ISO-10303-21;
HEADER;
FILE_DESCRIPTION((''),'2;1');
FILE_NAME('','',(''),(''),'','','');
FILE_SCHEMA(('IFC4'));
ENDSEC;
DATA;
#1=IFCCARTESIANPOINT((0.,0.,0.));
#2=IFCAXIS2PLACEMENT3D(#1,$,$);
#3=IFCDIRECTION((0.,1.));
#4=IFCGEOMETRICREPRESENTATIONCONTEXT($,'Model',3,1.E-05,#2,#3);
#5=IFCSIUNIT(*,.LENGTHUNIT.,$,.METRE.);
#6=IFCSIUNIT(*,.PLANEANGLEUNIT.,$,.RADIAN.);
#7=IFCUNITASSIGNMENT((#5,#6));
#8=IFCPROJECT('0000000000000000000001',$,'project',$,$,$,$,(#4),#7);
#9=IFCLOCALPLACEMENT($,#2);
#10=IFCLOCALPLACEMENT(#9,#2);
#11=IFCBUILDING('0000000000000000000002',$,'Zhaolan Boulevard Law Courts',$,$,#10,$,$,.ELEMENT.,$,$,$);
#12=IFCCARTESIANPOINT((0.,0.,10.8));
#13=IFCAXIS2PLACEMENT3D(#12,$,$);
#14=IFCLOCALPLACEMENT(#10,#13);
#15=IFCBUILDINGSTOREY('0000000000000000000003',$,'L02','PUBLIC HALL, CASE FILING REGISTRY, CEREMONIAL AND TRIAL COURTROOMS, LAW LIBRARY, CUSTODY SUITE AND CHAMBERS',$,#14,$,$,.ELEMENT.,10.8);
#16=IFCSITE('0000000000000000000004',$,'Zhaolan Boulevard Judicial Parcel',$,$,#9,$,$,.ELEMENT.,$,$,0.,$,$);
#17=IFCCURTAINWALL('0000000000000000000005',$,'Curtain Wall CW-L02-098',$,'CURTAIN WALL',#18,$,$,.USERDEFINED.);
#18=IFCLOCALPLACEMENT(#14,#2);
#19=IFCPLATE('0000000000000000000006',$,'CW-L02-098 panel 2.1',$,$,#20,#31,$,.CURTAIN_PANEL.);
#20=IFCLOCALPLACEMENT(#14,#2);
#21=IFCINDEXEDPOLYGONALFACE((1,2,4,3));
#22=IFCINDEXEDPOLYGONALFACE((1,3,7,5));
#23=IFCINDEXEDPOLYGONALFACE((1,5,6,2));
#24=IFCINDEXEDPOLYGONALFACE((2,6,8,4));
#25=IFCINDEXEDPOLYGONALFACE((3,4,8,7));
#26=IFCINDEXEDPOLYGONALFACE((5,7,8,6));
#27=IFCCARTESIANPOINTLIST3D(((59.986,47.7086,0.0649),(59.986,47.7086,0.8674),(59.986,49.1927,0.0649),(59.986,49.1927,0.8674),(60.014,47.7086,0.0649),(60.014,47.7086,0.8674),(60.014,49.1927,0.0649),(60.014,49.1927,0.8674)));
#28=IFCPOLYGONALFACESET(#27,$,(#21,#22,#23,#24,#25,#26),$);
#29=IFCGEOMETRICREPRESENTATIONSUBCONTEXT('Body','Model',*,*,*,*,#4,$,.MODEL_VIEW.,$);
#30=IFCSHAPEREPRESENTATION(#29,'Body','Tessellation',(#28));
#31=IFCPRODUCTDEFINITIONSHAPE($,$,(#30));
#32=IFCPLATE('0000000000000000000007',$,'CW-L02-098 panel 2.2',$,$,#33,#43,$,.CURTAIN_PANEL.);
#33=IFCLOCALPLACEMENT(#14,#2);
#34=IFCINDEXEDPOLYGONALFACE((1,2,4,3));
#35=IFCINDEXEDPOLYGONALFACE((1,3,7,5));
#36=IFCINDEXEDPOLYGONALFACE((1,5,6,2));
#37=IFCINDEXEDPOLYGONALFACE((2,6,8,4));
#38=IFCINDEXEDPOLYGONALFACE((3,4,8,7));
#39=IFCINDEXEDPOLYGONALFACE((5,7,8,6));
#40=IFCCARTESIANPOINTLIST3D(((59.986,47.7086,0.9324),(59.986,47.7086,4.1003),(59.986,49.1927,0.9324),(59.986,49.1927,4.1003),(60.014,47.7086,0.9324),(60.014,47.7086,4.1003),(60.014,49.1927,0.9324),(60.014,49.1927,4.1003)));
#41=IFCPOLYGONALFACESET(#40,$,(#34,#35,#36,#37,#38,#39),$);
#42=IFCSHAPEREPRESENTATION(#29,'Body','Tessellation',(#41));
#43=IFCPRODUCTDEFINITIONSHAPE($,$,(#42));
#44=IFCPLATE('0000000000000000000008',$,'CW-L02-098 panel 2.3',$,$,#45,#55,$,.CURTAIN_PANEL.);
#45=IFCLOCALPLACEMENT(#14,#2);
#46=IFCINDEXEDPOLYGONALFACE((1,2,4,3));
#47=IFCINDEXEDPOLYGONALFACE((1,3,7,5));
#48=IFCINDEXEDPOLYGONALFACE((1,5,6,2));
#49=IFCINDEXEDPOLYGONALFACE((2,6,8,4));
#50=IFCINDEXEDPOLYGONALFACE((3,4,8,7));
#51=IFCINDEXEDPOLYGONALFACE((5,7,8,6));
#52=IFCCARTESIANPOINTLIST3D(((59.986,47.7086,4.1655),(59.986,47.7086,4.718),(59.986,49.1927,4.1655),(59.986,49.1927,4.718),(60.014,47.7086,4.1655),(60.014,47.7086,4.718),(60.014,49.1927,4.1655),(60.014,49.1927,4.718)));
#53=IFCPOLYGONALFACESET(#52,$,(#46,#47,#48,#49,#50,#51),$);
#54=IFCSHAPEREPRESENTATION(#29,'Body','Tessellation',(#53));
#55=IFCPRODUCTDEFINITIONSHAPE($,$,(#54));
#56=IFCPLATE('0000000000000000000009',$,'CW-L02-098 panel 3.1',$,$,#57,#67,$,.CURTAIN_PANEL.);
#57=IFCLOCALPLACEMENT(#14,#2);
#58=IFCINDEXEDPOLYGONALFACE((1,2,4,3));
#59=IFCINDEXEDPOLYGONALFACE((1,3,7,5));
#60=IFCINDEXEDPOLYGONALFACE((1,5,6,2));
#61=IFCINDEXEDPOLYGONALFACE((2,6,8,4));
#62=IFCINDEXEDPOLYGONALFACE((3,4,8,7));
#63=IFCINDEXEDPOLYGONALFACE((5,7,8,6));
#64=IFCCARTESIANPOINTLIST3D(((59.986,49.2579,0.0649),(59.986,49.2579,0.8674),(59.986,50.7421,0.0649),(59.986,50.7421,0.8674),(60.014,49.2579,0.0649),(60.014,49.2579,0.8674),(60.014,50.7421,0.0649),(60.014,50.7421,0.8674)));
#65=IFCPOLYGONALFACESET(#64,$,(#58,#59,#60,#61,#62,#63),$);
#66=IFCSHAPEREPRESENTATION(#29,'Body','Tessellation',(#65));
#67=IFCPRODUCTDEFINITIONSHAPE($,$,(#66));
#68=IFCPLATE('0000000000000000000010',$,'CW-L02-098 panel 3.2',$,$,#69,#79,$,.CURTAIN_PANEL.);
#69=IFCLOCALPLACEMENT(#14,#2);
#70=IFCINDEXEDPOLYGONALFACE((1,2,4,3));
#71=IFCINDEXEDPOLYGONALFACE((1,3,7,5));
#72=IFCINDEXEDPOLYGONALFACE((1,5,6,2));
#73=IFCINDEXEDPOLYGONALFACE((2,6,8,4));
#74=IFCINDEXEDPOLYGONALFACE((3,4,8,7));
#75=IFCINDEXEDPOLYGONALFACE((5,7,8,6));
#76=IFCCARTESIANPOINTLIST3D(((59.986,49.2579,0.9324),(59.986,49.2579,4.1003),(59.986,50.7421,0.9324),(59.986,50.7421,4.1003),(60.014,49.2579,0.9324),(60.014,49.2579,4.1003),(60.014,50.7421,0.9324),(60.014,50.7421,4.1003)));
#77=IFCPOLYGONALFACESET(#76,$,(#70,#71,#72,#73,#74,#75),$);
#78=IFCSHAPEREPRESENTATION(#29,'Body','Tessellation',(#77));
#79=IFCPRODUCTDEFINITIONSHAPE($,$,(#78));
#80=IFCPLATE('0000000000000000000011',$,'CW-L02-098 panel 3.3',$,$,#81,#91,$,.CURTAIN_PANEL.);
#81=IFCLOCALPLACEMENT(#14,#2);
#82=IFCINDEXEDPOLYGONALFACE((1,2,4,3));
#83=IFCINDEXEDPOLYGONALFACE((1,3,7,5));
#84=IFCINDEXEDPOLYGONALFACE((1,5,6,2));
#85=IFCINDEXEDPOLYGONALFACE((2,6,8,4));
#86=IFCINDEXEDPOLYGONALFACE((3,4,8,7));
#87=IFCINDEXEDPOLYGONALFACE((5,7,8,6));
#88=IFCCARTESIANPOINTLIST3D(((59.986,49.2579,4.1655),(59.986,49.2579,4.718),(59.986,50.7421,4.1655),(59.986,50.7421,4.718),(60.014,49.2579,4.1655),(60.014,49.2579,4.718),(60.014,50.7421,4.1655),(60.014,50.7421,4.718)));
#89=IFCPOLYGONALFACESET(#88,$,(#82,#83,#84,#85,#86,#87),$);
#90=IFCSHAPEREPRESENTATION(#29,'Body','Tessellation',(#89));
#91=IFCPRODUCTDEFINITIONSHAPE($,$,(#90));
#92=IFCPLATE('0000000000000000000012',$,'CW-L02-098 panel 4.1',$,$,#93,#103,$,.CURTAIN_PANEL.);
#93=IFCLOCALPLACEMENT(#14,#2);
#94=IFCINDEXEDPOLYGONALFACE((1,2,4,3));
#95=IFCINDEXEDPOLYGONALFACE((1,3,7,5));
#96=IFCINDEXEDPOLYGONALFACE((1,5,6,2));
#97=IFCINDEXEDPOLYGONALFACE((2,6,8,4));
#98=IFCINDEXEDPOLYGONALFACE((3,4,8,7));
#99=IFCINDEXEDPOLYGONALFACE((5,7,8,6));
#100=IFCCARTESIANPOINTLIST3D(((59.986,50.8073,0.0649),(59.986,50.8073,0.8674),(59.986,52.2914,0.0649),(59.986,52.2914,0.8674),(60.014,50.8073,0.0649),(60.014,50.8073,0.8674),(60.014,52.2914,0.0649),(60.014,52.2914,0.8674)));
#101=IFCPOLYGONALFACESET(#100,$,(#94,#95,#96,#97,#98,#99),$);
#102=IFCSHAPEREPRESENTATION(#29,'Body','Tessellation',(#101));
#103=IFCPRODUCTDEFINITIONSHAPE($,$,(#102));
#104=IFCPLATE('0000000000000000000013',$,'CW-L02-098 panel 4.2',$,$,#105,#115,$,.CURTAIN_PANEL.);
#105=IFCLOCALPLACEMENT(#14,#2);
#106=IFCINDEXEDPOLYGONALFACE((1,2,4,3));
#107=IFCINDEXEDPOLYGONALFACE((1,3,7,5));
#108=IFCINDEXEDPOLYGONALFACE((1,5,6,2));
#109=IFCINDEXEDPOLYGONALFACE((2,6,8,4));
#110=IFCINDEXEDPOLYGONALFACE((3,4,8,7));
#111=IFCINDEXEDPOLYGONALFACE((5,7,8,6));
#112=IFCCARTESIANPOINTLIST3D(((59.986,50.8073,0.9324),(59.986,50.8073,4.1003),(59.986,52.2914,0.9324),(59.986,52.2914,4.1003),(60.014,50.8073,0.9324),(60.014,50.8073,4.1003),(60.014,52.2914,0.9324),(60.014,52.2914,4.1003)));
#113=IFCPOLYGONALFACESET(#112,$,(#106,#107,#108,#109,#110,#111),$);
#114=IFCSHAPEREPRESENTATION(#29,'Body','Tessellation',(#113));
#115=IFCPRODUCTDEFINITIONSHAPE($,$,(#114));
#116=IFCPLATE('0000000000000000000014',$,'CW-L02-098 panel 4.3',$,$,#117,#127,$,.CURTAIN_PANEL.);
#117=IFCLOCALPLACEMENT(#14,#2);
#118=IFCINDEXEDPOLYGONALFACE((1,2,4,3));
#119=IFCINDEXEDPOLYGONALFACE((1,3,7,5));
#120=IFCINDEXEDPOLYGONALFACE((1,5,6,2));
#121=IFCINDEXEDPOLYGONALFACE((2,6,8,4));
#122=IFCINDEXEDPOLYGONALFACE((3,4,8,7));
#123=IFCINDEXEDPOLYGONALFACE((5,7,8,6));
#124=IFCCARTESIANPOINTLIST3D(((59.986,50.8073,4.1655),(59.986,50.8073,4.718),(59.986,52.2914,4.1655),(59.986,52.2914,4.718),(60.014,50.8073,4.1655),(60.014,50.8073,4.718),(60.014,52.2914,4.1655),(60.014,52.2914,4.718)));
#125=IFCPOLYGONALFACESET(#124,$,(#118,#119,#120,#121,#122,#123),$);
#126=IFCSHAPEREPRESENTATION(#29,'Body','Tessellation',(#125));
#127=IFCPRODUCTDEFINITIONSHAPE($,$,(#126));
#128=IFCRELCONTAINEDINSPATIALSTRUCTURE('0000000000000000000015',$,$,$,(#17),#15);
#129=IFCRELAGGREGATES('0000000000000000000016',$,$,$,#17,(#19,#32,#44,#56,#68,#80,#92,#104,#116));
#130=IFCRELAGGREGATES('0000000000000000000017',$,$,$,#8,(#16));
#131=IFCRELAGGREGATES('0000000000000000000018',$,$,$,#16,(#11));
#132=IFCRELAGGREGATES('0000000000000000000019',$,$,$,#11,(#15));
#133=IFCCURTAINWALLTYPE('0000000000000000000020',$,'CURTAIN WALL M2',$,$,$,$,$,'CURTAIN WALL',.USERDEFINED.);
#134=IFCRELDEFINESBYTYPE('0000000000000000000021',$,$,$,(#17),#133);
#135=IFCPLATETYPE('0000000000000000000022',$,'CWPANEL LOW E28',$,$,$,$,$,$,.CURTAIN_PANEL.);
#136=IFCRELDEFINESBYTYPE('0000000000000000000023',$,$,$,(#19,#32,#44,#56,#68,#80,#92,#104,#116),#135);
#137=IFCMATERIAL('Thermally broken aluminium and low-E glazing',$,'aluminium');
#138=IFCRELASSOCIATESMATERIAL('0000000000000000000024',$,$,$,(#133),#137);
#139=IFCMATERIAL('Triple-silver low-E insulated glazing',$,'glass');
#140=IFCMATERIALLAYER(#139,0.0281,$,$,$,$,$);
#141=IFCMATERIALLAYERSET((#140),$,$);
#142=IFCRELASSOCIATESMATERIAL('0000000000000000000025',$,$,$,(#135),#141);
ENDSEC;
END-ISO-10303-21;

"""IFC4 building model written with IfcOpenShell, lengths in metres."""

from ifc_helpers import new_model, si_unit, direction, frame, origin, origin_2d, place, context, subcontext, project, spatial, rectangle, extrude, material, layer, layer_set, type_object, element, aggregate, save


model = new_model("IFC4")

# Units and contexts
model_context = context("Model", 3, precision=1e-05, world=origin(), true_north=direction((0.0, 1.0)))
body_context = subcontext(model_context, "Body", "Model", "MODEL_VIEW")
ifc_project = project(units=[si_unit("LENGTHUNIT", "METRE"), si_unit("PLANEANGLEUNIT", "RADIAN")], contexts=[model_context])

# Site, building, storey
site_placement = place(None, origin())
site = spatial("IfcSite", under=ifc_project, at=site_placement, Name="Zhaolan Boulevard Judicial Parcel", CompositionType="ELEMENT", RefElevation=0.0)
building_placement = place(site_placement, origin())
building = spatial("IfcBuilding", under=site, at=building_placement, Name="Zhaolan Boulevard Law Courts", CompositionType="ELEMENT")
storey_placement = place(building_placement, frame((0.0, 0.0, 10.8)))
storey = spatial("IfcBuildingStorey", under=building, at=storey_placement, Name="L02", Description="PUBLIC HALL, CASE FILING REGISTRY, CEREMONIAL AND TRIAL COURTROOMS, LAW LIBRARY, CUSTODY SUITE AND CHAMBERS", CompositionType="ELEMENT", Elevation=10.8)

# Curtain wall, plates
ifc_material_1 = material(Name="Thermally broken aluminium and low-E glazing", Category="aluminium")
curtain_wall_type = type_object("IfcCurtainWallType", Name="CURTAIN WALL M2", ElementType="CURTAIN WALL", PredefinedType="USERDEFINED", material=ifc_material_1)
curtain_wall_placement = place(storey_placement, origin())
curtain_wall = element("IfcCurtainWall", 1, at=curtain_wall_placement, inside=storey, type_object=curtain_wall_type, Name="Curtain Wall CW-L02-098", ObjectType="CURTAIN WALL", PredefinedType="USERDEFINED")
ifc_material_2 = material(Name="Triple-silver low-E insulated glazing", Category="glass")
ifc_layer = layer(ifc_material_2, 0.0281)
ifc_layer_set = layer_set([ifc_layer])
plate_type = type_object("IfcPlateType", Name="CWPANEL LOW E28", PredefinedType="CURTAIN_PANEL", material=ifc_layer_set)
plate_1_placement = place(storey_placement, frame((60.0, 48.4507, 0.0649), z_axis=(0.0, 0.0, 1.0), x_axis=(0.0, 1.0, 0.0)))
plate_1 = element("IfcPlate", 2, at=plate_1_placement, type_object=plate_type, Name="CW-L02-098 panel 2.1", PredefinedType="CURTAIN_PANEL", context=body_context, shape_type="SweptSolid", body=[
    extrude(rectangle(XDim=1.4841, YDim=0.0281, at=origin_2d()), origin(), (0.0, 0.0, 1.0), 0.8025),
])
plate_2_placement = place(storey_placement, frame((60.0, 48.4507, 0.9324), z_axis=(0.0, 0.0, 1.0), x_axis=(0.0, 1.0, 0.0)))
plate_2 = element("IfcPlate", 3, at=plate_2_placement, type_object=plate_type, Name="CW-L02-098 panel 2.2", PredefinedType="CURTAIN_PANEL", context=body_context, shape_type="SweptSolid", body=[
    extrude(rectangle(XDim=1.4841, YDim=0.0281, at=origin_2d()), origin(), (0.0, 0.0, 1.0), 3.168),
])
plate_3_placement = place(storey_placement, frame((60.0, 48.4507, 4.1655), z_axis=(0.0, 0.0, 1.0), x_axis=(0.0, 1.0, 0.0)))
plate_3 = element("IfcPlate", 4, at=plate_3_placement, type_object=plate_type, Name="CW-L02-098 panel 2.3", PredefinedType="CURTAIN_PANEL", context=body_context, shape_type="SweptSolid", body=[
    extrude(rectangle(XDim=1.4841, YDim=0.0281, at=origin_2d()), origin(), (0.0, 0.0, 1.0), 0.5525),
])
plate_4_placement = place(storey_placement, frame((60.0, 50.0, 0.0649), z_axis=(0.0, 0.0, 1.0), x_axis=(0.0, 1.0, 0.0)))
plate_4 = element("IfcPlate", 5, at=plate_4_placement, type_object=plate_type, Name="CW-L02-098 panel 3.1", PredefinedType="CURTAIN_PANEL", context=body_context, shape_type="SweptSolid", body=[
    extrude(rectangle(XDim=1.4841, YDim=0.0281, at=origin_2d()), origin(), (0.0, 0.0, 1.0), 0.8025),
])
plate_5_placement = place(storey_placement, frame((60.0, 50.0, 0.9324), z_axis=(0.0, 0.0, 1.0), x_axis=(0.0, 1.0, 0.0)))
plate_5 = element("IfcPlate", 6, at=plate_5_placement, type_object=plate_type, Name="CW-L02-098 panel 3.2", PredefinedType="CURTAIN_PANEL", context=body_context, shape_type="SweptSolid", body=[
    extrude(rectangle(XDim=1.4841, YDim=0.0281, at=origin_2d()), origin(), (0.0, 0.0, 1.0), 3.168),
])
plate_6_placement = place(storey_placement, frame((60.0, 50.0, 4.1655), z_axis=(0.0, 0.0, 1.0), x_axis=(0.0, 1.0, 0.0)))
plate_6 = element("IfcPlate", 7, at=plate_6_placement, type_object=plate_type, Name="CW-L02-098 panel 3.3", PredefinedType="CURTAIN_PANEL", context=body_context, shape_type="SweptSolid", body=[
    extrude(rectangle(XDim=1.4841, YDim=0.0281, at=origin_2d()), origin(), (0.0, 0.0, 1.0), 0.5525),
])
plate_7_placement = place(storey_placement, frame((60.0, 51.5493, 0.0649), z_axis=(0.0, 0.0, 1.0), x_axis=(0.0, 1.0, 0.0)))
plate_7 = element("IfcPlate", 8, at=plate_7_placement, type_object=plate_type, Name="CW-L02-098 panel 4.1", PredefinedType="CURTAIN_PANEL", context=body_context, shape_type="SweptSolid", body=[
    extrude(rectangle(XDim=1.4841, YDim=0.0281, at=origin_2d()), origin(), (0.0, 0.0, 1.0), 0.8025),
])
plate_8_placement = place(storey_placement, frame((60.0, 51.5493, 0.9324), z_axis=(0.0, 0.0, 1.0), x_axis=(0.0, 1.0, 0.0)))
plate_8 = element("IfcPlate", 9, at=plate_8_placement, type_object=plate_type, Name="CW-L02-098 panel 4.2", PredefinedType="CURTAIN_PANEL", context=body_context, shape_type="SweptSolid", body=[
    extrude(rectangle(XDim=1.4841, YDim=0.0281, at=origin_2d()), origin(), (0.0, 0.0, 1.0), 3.168),
])
plate_9_placement = place(storey_placement, frame((60.0, 51.5493, 4.1655), z_axis=(0.0, 0.0, 1.0), x_axis=(0.0, 1.0, 0.0)))
plate_9 = element("IfcPlate", 10, at=plate_9_placement, type_object=plate_type, Name="CW-L02-098 panel 4.3", PredefinedType="CURTAIN_PANEL", context=body_context, shape_type="SweptSolid", body=[
    extrude(rectangle(XDim=1.4841, YDim=0.0281, at=origin_2d()), origin(), (0.0, 0.0, 1.0), 0.5525),
])
aggregate(curtain_wall, [plate_1, plate_2, plate_3, plate_4, plate_5, plate_6, plate_7, plate_8, plate_9])

save(model, "model.ifc")
